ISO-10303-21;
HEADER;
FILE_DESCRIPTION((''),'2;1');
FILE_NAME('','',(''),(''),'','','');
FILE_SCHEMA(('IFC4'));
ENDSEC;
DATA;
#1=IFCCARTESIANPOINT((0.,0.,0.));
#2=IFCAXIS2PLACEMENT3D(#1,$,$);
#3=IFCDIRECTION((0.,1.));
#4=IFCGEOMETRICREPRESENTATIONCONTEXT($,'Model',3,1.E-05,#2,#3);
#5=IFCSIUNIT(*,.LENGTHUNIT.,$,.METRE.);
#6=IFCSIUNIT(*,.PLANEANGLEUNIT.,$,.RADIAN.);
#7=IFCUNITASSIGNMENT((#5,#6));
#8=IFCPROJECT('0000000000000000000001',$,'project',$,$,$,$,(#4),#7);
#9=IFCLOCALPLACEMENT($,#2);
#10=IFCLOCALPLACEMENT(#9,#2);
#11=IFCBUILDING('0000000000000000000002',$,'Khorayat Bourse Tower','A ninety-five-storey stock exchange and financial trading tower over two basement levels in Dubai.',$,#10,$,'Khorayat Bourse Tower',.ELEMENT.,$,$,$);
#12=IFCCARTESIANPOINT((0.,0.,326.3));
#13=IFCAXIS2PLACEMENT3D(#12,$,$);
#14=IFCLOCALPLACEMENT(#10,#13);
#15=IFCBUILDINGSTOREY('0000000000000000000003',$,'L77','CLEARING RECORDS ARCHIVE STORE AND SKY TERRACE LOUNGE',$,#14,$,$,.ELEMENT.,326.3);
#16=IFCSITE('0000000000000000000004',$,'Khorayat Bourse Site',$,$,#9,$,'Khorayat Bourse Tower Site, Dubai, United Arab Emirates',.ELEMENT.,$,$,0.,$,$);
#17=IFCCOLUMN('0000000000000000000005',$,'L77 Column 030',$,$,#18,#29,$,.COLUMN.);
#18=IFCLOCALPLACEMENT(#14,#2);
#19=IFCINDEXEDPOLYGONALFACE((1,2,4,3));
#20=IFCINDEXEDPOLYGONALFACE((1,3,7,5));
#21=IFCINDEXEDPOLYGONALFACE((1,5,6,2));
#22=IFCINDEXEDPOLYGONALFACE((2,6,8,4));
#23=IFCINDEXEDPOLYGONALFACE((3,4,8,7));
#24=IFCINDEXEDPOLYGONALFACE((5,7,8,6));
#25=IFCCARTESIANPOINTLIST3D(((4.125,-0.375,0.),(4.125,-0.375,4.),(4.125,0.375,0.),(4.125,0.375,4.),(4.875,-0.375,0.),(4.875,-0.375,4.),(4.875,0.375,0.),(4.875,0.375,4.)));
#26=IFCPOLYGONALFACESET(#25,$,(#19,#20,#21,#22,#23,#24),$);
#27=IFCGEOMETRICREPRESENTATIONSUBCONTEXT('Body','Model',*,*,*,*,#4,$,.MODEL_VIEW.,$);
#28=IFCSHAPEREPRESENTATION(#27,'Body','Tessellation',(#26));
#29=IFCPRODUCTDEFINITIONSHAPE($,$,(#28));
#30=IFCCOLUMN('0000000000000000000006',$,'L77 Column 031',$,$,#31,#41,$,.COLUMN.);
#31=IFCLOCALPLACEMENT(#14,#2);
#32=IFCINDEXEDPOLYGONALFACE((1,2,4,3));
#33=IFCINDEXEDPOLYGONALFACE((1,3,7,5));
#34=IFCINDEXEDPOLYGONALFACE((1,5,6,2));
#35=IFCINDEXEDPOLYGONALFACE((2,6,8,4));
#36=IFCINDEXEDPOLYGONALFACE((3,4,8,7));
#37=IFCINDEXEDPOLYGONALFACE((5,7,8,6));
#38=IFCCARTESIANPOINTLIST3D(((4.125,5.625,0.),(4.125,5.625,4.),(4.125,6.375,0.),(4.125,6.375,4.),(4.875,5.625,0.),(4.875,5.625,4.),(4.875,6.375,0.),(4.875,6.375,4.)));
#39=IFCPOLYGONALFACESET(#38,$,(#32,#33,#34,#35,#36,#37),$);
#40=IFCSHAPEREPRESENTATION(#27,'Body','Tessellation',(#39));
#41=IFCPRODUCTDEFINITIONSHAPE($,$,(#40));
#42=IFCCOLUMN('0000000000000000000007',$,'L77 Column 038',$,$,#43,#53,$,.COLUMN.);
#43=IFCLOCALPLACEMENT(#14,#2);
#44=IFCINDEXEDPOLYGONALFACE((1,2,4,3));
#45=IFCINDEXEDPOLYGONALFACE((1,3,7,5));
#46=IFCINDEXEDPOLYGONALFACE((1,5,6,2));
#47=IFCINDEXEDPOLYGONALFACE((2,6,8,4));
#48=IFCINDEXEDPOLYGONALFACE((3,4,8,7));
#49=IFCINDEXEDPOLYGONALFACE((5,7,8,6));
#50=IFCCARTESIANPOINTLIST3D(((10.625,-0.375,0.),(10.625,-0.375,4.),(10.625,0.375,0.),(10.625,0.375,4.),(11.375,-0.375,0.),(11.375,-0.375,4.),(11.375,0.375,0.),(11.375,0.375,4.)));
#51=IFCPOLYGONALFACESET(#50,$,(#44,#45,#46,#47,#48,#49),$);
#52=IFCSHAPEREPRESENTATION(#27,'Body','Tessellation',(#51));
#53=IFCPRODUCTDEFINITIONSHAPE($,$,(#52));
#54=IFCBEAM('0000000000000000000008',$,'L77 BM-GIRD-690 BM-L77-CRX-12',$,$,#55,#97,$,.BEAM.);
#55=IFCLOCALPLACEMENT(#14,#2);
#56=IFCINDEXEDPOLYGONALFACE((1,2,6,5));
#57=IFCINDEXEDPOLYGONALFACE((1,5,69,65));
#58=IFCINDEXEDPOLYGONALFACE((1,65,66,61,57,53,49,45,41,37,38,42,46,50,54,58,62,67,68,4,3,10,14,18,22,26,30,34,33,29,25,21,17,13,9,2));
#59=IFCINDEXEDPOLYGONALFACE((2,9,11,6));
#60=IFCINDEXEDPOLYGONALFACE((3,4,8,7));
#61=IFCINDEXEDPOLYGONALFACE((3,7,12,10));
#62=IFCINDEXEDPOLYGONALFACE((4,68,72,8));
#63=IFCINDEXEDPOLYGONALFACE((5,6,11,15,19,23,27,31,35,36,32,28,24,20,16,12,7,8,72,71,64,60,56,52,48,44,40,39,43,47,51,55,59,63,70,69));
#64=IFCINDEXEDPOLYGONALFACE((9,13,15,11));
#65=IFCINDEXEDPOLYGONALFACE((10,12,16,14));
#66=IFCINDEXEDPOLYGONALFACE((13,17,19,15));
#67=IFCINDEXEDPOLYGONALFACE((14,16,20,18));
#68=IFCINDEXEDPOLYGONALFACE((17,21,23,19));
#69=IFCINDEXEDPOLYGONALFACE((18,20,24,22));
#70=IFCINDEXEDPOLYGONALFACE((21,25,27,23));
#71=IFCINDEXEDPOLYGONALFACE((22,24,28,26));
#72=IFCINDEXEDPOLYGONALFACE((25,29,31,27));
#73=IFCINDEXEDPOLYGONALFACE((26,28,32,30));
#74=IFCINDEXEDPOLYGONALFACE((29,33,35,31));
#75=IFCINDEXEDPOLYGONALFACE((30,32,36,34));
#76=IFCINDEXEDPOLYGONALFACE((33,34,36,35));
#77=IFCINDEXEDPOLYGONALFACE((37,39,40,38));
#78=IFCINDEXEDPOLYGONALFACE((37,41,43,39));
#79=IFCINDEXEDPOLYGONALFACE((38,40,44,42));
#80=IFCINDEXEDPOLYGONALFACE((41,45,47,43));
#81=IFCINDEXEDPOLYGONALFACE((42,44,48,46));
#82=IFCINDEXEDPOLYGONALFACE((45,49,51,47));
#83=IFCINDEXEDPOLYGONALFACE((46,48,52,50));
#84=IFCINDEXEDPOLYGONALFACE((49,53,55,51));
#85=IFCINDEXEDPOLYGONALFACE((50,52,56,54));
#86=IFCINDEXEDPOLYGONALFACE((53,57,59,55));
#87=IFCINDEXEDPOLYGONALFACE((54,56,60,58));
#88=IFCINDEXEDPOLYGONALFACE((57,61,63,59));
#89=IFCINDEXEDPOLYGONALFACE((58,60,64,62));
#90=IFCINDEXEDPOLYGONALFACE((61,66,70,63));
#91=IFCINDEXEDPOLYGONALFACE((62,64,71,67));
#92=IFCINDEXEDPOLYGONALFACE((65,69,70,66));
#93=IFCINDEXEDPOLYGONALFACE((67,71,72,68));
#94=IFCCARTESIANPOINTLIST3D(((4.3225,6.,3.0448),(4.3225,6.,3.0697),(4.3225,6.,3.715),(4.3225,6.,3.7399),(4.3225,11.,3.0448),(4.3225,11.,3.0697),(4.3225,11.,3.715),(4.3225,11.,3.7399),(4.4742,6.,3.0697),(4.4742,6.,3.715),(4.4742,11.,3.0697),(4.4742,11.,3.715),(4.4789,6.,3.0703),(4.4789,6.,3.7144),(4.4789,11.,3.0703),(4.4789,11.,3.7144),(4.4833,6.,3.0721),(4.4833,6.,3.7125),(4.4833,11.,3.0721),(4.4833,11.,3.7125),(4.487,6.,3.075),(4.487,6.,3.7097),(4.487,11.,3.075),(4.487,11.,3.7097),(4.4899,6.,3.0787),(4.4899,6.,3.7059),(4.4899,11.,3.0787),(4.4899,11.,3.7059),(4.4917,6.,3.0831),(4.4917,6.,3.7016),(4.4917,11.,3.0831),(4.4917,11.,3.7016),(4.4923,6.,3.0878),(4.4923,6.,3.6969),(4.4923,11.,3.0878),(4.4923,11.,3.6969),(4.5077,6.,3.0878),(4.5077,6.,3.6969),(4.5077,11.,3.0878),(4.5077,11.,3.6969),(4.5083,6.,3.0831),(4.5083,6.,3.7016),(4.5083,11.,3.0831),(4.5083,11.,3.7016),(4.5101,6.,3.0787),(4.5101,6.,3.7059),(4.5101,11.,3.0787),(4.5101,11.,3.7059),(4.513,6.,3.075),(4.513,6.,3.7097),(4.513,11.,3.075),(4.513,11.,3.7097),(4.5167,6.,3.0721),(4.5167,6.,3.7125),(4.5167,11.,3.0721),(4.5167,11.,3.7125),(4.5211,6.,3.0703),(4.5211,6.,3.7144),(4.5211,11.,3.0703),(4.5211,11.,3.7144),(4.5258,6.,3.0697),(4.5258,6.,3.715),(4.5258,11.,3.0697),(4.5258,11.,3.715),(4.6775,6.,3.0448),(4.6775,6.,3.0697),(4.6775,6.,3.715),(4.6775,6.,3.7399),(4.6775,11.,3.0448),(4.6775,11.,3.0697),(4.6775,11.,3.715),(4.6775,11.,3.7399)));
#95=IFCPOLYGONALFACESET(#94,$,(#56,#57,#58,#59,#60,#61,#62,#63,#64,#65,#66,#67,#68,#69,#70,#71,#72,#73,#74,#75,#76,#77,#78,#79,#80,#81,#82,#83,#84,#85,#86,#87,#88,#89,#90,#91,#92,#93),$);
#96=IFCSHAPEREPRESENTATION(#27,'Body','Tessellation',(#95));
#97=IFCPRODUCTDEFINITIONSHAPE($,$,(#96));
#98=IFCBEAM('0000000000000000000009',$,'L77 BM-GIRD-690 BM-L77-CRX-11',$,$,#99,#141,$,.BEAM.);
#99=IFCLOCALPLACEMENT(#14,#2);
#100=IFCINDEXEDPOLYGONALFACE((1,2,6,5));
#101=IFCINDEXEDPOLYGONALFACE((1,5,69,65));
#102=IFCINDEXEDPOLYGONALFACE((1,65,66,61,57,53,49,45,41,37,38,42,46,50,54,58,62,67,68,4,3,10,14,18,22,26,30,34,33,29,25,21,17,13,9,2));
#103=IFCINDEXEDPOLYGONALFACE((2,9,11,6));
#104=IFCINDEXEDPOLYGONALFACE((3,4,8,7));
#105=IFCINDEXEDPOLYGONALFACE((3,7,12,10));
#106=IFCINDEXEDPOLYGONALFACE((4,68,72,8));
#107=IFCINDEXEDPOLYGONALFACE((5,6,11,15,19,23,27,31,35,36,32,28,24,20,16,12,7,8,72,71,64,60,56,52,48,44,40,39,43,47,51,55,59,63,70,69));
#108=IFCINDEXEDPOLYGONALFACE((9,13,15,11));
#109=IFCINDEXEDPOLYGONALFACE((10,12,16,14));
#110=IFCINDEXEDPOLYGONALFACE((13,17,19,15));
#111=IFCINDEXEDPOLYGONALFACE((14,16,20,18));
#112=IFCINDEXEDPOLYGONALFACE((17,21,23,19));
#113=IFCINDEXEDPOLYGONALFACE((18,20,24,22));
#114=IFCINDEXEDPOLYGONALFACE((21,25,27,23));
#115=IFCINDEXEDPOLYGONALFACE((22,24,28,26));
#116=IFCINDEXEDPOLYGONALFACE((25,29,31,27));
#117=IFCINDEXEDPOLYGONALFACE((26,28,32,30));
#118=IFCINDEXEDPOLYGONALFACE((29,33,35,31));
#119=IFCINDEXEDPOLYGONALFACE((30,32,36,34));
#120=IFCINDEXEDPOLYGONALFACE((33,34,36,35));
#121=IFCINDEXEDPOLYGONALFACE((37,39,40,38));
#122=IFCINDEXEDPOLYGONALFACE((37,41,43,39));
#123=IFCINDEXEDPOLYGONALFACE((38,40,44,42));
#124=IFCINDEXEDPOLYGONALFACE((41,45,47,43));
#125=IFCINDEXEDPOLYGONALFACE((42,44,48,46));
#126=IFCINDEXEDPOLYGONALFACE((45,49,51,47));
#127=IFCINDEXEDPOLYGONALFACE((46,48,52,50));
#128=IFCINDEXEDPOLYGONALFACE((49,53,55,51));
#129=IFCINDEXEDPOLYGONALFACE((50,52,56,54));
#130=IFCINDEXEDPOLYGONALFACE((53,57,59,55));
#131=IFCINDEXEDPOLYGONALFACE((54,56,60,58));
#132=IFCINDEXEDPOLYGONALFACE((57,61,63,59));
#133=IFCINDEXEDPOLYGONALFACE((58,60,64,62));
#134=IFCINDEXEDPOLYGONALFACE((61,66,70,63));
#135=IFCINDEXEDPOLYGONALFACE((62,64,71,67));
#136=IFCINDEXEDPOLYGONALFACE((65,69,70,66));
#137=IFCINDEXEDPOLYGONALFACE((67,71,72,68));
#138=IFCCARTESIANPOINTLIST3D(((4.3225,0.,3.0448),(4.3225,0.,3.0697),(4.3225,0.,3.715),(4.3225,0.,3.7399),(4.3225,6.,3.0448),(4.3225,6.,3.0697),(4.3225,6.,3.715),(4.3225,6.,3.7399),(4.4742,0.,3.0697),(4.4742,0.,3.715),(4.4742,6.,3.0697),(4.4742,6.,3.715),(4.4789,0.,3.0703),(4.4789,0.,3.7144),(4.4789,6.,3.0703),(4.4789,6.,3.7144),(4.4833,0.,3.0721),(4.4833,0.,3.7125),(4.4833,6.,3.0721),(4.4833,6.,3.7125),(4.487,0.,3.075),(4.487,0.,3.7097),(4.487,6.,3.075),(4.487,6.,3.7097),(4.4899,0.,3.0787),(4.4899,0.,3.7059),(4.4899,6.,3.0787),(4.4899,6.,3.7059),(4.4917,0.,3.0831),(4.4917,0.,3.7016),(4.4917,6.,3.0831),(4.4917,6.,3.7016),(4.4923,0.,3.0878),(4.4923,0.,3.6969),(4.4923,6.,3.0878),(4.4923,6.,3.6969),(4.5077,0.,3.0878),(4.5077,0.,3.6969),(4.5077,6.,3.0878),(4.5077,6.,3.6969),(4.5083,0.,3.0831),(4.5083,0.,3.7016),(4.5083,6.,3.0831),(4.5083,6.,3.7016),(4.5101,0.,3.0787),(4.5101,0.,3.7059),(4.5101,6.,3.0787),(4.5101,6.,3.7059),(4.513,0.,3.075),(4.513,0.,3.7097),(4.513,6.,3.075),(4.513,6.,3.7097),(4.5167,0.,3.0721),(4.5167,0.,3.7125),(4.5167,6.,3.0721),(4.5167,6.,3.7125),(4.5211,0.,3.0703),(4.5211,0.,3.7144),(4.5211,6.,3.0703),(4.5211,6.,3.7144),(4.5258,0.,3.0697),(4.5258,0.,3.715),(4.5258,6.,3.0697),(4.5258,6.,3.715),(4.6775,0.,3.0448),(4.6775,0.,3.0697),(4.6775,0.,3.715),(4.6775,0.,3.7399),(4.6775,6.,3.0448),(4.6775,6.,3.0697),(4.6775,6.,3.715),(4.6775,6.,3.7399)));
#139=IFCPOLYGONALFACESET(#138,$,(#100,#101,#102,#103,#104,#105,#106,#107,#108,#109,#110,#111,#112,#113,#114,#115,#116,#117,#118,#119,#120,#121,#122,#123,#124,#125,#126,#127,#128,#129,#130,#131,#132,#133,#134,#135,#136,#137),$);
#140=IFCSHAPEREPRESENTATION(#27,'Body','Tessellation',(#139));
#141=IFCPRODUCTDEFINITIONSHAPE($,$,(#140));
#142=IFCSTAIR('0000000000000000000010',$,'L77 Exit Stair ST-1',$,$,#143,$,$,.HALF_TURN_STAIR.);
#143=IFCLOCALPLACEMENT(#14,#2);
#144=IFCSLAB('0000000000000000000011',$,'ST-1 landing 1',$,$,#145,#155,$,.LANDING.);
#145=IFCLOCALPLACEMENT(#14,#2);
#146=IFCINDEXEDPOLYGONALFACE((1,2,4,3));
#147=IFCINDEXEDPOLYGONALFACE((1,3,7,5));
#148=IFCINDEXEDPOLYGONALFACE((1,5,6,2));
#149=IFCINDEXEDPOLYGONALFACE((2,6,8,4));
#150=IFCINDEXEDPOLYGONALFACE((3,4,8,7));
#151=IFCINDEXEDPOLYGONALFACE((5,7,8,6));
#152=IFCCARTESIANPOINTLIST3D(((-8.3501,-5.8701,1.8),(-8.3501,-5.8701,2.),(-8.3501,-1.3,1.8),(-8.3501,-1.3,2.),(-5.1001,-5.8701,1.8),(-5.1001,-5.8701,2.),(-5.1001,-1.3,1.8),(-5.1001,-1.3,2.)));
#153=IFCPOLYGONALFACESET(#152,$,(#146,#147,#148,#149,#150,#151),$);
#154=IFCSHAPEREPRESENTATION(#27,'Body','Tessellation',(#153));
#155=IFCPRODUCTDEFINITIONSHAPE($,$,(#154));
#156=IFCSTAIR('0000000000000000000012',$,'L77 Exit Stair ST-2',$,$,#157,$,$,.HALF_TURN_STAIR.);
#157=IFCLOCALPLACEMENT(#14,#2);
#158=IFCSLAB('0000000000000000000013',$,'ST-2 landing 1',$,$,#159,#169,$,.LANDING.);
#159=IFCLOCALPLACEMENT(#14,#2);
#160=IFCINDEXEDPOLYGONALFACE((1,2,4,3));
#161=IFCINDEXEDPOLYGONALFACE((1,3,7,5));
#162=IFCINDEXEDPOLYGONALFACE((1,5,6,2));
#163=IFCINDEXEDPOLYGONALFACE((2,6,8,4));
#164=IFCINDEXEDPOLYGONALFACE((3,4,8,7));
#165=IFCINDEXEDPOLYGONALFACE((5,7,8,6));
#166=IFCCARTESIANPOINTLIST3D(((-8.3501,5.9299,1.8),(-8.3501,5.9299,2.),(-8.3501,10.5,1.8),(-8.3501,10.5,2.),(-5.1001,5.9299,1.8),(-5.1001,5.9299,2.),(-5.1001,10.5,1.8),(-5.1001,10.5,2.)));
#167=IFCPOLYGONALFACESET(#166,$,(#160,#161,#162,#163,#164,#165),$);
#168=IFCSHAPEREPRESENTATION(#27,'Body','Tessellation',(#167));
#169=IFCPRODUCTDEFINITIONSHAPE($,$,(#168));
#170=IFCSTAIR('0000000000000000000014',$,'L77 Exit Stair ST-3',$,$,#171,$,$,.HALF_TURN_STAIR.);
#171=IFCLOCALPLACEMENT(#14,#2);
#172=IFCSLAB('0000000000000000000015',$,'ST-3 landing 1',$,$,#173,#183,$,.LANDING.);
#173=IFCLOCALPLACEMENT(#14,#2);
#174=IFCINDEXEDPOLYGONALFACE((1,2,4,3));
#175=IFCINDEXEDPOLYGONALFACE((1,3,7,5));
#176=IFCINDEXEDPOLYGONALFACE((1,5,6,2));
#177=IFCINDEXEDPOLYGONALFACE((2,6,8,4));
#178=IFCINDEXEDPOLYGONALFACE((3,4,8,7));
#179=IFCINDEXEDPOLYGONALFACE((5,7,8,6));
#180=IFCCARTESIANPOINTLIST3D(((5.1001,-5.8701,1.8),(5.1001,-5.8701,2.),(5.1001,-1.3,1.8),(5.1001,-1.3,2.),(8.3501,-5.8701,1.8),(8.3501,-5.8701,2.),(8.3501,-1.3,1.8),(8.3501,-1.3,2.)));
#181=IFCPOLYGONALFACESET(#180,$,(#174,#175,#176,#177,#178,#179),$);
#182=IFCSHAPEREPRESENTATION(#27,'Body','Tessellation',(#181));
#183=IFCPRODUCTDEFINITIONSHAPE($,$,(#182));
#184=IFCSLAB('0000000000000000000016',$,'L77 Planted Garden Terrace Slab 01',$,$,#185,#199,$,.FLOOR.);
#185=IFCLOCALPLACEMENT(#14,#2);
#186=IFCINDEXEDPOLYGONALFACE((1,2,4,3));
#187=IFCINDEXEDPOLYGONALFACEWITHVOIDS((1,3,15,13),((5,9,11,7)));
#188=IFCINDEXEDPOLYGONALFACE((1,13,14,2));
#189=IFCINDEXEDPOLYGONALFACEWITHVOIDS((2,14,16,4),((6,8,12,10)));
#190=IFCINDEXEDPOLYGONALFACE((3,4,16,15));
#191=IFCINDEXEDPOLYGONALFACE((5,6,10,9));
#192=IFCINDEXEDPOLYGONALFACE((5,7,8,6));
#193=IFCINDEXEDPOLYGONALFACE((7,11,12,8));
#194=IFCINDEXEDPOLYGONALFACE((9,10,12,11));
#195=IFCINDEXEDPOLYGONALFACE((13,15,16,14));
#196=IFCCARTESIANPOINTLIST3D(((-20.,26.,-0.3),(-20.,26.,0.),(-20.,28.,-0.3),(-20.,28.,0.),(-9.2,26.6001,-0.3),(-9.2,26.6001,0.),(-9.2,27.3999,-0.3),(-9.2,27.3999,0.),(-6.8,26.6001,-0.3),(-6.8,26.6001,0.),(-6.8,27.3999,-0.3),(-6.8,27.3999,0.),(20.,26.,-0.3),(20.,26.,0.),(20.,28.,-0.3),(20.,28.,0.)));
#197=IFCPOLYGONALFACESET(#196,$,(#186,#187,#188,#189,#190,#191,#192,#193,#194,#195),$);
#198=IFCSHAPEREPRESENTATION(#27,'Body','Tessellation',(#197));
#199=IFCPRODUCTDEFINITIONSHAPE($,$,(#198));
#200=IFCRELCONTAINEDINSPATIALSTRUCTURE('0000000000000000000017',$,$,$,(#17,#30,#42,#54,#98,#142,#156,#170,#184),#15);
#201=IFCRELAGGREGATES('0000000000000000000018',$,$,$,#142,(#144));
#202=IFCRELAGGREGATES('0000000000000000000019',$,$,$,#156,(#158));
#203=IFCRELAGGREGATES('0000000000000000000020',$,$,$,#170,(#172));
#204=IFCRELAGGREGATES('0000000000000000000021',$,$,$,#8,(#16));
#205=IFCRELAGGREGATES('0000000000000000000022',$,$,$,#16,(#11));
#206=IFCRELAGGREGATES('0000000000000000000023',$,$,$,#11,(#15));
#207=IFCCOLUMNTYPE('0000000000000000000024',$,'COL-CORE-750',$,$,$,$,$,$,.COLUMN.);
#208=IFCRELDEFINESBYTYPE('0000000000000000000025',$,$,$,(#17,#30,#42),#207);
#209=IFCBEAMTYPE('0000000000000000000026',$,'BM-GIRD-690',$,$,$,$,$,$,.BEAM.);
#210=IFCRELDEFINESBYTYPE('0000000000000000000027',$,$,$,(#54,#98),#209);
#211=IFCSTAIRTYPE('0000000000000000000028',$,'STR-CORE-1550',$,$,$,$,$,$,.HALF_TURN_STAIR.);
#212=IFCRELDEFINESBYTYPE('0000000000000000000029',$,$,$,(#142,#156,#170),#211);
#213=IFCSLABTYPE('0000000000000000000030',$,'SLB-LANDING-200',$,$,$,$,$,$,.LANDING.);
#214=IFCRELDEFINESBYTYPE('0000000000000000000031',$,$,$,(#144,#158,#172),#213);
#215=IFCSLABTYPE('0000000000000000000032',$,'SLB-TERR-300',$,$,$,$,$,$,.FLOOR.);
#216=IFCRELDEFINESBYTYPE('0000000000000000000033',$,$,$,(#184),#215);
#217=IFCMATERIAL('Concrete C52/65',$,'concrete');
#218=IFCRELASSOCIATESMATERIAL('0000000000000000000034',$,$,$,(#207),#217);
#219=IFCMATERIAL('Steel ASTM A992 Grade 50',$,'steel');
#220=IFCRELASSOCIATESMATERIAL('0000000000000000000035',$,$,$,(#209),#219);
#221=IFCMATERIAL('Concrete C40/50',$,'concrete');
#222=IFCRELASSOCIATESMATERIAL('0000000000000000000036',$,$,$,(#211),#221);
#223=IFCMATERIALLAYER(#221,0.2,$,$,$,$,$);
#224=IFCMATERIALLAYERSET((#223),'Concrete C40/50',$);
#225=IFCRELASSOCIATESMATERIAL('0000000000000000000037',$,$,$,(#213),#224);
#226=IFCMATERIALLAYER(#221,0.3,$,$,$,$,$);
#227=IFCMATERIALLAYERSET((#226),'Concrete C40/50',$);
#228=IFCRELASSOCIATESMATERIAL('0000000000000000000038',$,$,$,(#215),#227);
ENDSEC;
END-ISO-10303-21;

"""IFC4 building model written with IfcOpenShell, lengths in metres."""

from ifc_helpers import new_model, si_unit, direction, frame, origin, origin_2d, place, context, subcontext, project, spatial, polyline, rectangle, i_section, outline, extrude, source, transform, mapped, material, layer, layer_set, material_profile, profile_set, type_object, element, aggregate, save


model = new_model("IFC4")

# Units and contexts
model_context = context("Model", 3, precision=1e-05, world=origin(), true_north=direction((0.0, 1.0)))
body_context = subcontext(model_context, "Body", "Model", "MODEL_VIEW")
ifc_project = project(units=[si_unit("LENGTHUNIT", "METRE"), si_unit("PLANEANGLEUNIT", "RADIAN")], contexts=[model_context])

# Site, building, storey
site_placement = place(None, origin())
site = spatial("IfcSite", under=ifc_project, at=site_placement, Name="Khorayat Bourse Site", LongName="Khorayat Bourse Tower Site, Dubai, United Arab Emirates", CompositionType="ELEMENT", RefElevation=0.0)
building_placement = place(site_placement, origin())
building = spatial("IfcBuilding", under=site, at=building_placement, Name="Khorayat Bourse Tower", Description="A ninety-five-storey stock exchange and financial trading tower over two basement levels in Dubai.", LongName="Khorayat Bourse Tower", CompositionType="ELEMENT")
storey_placement = place(building_placement, frame((0.0, 0.0, 326.3)))
storey = spatial("IfcBuildingStorey", under=building, at=storey_placement, Name="L77", Description="CLEARING RECORDS ARCHIVE STORE AND SKY TERRACE LOUNGE", CompositionType="ELEMENT", Elevation=326.3)

# Columns
ifc_material_1 = material(Name="Concrete C52/65", Category="concrete")
ifc_material_profile_1 = material_profile(ifc_material_1, rectangle(XDim=0.75, YDim=0.75, at=origin_2d()), Name="RC 750x750")
ifc_profile_set_1 = profile_set([ifc_material_profile_1], Name="Concrete C52/65")
column_type = type_object("IfcColumnType", Name="COL-CORE-750", PredefinedType="COLUMN", material=ifc_profile_set_1)
shared_shape_1 = source(origin(), body_context, "Body", "SweptSolid", [
    extrude(rectangle(XDim=0.75, YDim=0.75, at=origin_2d()), origin(), (0.0, 0.0, 1.0), 4.0),
])
for number, where, z_axis, x_axis, name in (
    (1, (4.5, 0.0, 0.0), (0.0, 0.0, 1.0), (1.0, 0.0, 0.0), "L77 Column 030"),
    (2, (4.5, 6.0, 0.0), (0.0, 0.0, 1.0), (1.0, 0.0, 0.0), "L77 Column 031"),
    (3, (11.0, 0.0, 0.0), (0.0, 0.0, 1.0), (1.0, 0.0, 0.0), "L77 Column 038"),
):
    element("IfcColumn", number, at=place(storey_placement, frame(where, z_axis=z_axis, x_axis=x_axis)), inside=storey, type_object=column_type, Name=name, PredefinedType="COLUMN", context=body_context, shape_type="MappedRepresentation", body=[
        mapped(shared_shape_1, transform((0.0, 0.0, 0.0), scale=1.0)),
    ])

# Beams
ifc_material_2 = material(Name="Steel ASTM A992 Grade 50", Category="steel")
ifc_material_profile_2 = material_profile(ifc_material_2, i_section(OverallWidth=0.355, OverallDepth=0.6951, WebThickness=0.0154, FlangeThickness=0.0249, FilletRadius=0.0181, at=origin_2d()), Name="W690X217")
ifc_profile_set_2 = profile_set([ifc_material_profile_2], Name="Steel ASTM A992 Grade 50")
beam_type = type_object("IfcBeamType", Name="BM-GIRD-690", PredefinedType="BEAM", material=ifc_profile_set_2)
shared_shape_2 = source(origin(), body_context, "Body", "SweptSolid", [
    extrude(i_section(OverallWidth=0.355, OverallDepth=0.6951, WebThickness=0.0154, FlangeThickness=0.0249, FilletRadius=0.0181, at=origin_2d()), origin(), (0.0, 0.0, 1.0), 5.0),
])
beam_1_placement = place(storey_placement, frame((4.5, 6.0, 3.3923), z_axis=(0.0, 1.0, 0.0), x_axis=(-1.0, 0.0, 0.0)))
element("IfcBeam", 4, at=beam_1_placement, inside=storey, type_object=beam_type, Name="L77 BM-GIRD-690 BM-L77-CRX-12", PredefinedType="BEAM", context=body_context, shape_type="MappedRepresentation", body=[
    mapped(shared_shape_2, transform((0.0, 0.0, 0.0), scale=1.0)),
])
shared_shape_3 = source(origin(), body_context, "Body", "SweptSolid", [
    extrude(i_section(OverallWidth=0.355, OverallDepth=0.6951, WebThickness=0.0154, FlangeThickness=0.0249, FilletRadius=0.0181, at=origin_2d()), origin(), (0.0, 0.0, 1.0), 6.0),
])
beam_2_placement = place(storey_placement, frame((4.5, 0.0, 3.3923), z_axis=(0.0, 1.0, 0.0), x_axis=(-1.0, 0.0, 0.0)))
element("IfcBeam", 5, at=beam_2_placement, inside=storey, type_object=beam_type, Name="L77 BM-GIRD-690 BM-L77-CRX-11", PredefinedType="BEAM", context=body_context, shape_type="MappedRepresentation", body=[
    mapped(shared_shape_3, transform((0.0, 0.0, 0.0), scale=1.0)),
])

# Stairs, slabs
ifc_material_3 = material(Name="Concrete C40/50", Category="concrete")
stair_type = type_object("IfcStairType", Name="STR-CORE-1550", PredefinedType="HALF_TURN_STAIR", material=ifc_material_3)
stair_1_placement = place(storey_placement, origin())
stair_1 = element("IfcStair", 6, at=stair_1_placement, inside=storey, type_object=stair_type, Name="L77 Exit Stair ST-1", PredefinedType="HALF_TURN_STAIR")
ifc_layer_1 = layer(ifc_material_3, 0.2)
ifc_layer_set_1 = layer_set([ifc_layer_1], Name="Concrete C40/50")
slab_type_1 = type_object("IfcSlabType", Name="SLB-LANDING-200", PredefinedType="LANDING", material=ifc_layer_set_1)
slab_1_placement = place(storey_placement, frame((0.0, 0.0, 1.8)))
slab_1 = element("IfcSlab", 7, at=slab_1_placement, type_object=slab_type_1, Name="ST-1 landing 1", PredefinedType="LANDING", context=body_context, shape_type="SweptSolid", body=[
    extrude(outline(polyline([(-5.1001, -5.8701), (-5.1001, -1.3), (-8.3501, -1.3), (-8.3501, -5.8701), (-5.1001, -5.8701)])), origin(), (0.0, 0.0, 1.0), 0.2),
])
aggregate(stair_1, [slab_1])
stair_2_placement = place(storey_placement, origin())
stair_2 = element("IfcStair", 8, at=stair_2_placement, inside=storey, type_object=stair_type, Name="L77 Exit Stair ST-2", PredefinedType="HALF_TURN_STAIR")
slab_2_placement = place(storey_placement, frame((0.0, 0.0, 1.8)))
slab_2 = element("IfcSlab", 9, at=slab_2_placement, type_object=slab_type_1, Name="ST-2 landing 1", PredefinedType="LANDING", context=body_context, shape_type="SweptSolid", body=[
    extrude(outline(polyline([(-5.1001, 5.9299), (-5.1001, 10.5), (-8.3501, 10.5), (-8.3501, 5.9299), (-5.1001, 5.9299)])), origin(), (0.0, 0.0, 1.0), 0.2),
])
aggregate(stair_2, [slab_2])
stair_3_placement = place(storey_placement, origin())
stair_3 = element("IfcStair", 10, at=stair_3_placement, inside=storey, type_object=stair_type, Name="L77 Exit Stair ST-3", PredefinedType="HALF_TURN_STAIR")
slab_3_placement = place(storey_placement, frame((0.0, 0.0, 1.8)))
slab_3 = element("IfcSlab", 11, at=slab_3_placement, type_object=slab_type_1, Name="ST-3 landing 1", PredefinedType="LANDING", context=body_context, shape_type="SweptSolid", body=[
    extrude(outline(polyline([(8.3501, -5.8701), (8.3501, -1.3), (5.1001, -1.3), (5.1001, -5.8701), (8.3501, -5.8701)])), origin(), (0.0, 0.0, 1.0), 0.2),
])
aggregate(stair_3, [slab_3])

# Slab
ifc_layer_2 = layer(ifc_material_3, 0.3)
ifc_layer_set_2 = layer_set([ifc_layer_2], Name="Concrete C40/50")
slab_type_2 = type_object("IfcSlabType", Name="SLB-TERR-300", PredefinedType="FLOOR", material=ifc_layer_set_2)
slab_4_placement = place(storey_placement, frame((0.0, 0.0, -0.3)))
element("IfcSlab", 12, at=slab_4_placement, inside=storey, type_object=slab_type_2, Name="L77 Planted Garden Terrace Slab 01", PredefinedType="FLOOR", context=body_context, shape_type="SweptSolid", body=[
    extrude(outline(polyline([(-20.0, 26.0), (20.0, 26.0), (20.0, 28.0), (-20.0, 28.0), (-20.0, 26.0)]), holes=[polyline([(-9.2, 26.6001), (-6.8, 26.6001), (-6.8, 27.3999), (-9.2, 27.3999), (-9.2, 26.6001)])]), origin(), (0.0, 0.0, 1.0), 0.3),
])

save(model, "model.ifc")
